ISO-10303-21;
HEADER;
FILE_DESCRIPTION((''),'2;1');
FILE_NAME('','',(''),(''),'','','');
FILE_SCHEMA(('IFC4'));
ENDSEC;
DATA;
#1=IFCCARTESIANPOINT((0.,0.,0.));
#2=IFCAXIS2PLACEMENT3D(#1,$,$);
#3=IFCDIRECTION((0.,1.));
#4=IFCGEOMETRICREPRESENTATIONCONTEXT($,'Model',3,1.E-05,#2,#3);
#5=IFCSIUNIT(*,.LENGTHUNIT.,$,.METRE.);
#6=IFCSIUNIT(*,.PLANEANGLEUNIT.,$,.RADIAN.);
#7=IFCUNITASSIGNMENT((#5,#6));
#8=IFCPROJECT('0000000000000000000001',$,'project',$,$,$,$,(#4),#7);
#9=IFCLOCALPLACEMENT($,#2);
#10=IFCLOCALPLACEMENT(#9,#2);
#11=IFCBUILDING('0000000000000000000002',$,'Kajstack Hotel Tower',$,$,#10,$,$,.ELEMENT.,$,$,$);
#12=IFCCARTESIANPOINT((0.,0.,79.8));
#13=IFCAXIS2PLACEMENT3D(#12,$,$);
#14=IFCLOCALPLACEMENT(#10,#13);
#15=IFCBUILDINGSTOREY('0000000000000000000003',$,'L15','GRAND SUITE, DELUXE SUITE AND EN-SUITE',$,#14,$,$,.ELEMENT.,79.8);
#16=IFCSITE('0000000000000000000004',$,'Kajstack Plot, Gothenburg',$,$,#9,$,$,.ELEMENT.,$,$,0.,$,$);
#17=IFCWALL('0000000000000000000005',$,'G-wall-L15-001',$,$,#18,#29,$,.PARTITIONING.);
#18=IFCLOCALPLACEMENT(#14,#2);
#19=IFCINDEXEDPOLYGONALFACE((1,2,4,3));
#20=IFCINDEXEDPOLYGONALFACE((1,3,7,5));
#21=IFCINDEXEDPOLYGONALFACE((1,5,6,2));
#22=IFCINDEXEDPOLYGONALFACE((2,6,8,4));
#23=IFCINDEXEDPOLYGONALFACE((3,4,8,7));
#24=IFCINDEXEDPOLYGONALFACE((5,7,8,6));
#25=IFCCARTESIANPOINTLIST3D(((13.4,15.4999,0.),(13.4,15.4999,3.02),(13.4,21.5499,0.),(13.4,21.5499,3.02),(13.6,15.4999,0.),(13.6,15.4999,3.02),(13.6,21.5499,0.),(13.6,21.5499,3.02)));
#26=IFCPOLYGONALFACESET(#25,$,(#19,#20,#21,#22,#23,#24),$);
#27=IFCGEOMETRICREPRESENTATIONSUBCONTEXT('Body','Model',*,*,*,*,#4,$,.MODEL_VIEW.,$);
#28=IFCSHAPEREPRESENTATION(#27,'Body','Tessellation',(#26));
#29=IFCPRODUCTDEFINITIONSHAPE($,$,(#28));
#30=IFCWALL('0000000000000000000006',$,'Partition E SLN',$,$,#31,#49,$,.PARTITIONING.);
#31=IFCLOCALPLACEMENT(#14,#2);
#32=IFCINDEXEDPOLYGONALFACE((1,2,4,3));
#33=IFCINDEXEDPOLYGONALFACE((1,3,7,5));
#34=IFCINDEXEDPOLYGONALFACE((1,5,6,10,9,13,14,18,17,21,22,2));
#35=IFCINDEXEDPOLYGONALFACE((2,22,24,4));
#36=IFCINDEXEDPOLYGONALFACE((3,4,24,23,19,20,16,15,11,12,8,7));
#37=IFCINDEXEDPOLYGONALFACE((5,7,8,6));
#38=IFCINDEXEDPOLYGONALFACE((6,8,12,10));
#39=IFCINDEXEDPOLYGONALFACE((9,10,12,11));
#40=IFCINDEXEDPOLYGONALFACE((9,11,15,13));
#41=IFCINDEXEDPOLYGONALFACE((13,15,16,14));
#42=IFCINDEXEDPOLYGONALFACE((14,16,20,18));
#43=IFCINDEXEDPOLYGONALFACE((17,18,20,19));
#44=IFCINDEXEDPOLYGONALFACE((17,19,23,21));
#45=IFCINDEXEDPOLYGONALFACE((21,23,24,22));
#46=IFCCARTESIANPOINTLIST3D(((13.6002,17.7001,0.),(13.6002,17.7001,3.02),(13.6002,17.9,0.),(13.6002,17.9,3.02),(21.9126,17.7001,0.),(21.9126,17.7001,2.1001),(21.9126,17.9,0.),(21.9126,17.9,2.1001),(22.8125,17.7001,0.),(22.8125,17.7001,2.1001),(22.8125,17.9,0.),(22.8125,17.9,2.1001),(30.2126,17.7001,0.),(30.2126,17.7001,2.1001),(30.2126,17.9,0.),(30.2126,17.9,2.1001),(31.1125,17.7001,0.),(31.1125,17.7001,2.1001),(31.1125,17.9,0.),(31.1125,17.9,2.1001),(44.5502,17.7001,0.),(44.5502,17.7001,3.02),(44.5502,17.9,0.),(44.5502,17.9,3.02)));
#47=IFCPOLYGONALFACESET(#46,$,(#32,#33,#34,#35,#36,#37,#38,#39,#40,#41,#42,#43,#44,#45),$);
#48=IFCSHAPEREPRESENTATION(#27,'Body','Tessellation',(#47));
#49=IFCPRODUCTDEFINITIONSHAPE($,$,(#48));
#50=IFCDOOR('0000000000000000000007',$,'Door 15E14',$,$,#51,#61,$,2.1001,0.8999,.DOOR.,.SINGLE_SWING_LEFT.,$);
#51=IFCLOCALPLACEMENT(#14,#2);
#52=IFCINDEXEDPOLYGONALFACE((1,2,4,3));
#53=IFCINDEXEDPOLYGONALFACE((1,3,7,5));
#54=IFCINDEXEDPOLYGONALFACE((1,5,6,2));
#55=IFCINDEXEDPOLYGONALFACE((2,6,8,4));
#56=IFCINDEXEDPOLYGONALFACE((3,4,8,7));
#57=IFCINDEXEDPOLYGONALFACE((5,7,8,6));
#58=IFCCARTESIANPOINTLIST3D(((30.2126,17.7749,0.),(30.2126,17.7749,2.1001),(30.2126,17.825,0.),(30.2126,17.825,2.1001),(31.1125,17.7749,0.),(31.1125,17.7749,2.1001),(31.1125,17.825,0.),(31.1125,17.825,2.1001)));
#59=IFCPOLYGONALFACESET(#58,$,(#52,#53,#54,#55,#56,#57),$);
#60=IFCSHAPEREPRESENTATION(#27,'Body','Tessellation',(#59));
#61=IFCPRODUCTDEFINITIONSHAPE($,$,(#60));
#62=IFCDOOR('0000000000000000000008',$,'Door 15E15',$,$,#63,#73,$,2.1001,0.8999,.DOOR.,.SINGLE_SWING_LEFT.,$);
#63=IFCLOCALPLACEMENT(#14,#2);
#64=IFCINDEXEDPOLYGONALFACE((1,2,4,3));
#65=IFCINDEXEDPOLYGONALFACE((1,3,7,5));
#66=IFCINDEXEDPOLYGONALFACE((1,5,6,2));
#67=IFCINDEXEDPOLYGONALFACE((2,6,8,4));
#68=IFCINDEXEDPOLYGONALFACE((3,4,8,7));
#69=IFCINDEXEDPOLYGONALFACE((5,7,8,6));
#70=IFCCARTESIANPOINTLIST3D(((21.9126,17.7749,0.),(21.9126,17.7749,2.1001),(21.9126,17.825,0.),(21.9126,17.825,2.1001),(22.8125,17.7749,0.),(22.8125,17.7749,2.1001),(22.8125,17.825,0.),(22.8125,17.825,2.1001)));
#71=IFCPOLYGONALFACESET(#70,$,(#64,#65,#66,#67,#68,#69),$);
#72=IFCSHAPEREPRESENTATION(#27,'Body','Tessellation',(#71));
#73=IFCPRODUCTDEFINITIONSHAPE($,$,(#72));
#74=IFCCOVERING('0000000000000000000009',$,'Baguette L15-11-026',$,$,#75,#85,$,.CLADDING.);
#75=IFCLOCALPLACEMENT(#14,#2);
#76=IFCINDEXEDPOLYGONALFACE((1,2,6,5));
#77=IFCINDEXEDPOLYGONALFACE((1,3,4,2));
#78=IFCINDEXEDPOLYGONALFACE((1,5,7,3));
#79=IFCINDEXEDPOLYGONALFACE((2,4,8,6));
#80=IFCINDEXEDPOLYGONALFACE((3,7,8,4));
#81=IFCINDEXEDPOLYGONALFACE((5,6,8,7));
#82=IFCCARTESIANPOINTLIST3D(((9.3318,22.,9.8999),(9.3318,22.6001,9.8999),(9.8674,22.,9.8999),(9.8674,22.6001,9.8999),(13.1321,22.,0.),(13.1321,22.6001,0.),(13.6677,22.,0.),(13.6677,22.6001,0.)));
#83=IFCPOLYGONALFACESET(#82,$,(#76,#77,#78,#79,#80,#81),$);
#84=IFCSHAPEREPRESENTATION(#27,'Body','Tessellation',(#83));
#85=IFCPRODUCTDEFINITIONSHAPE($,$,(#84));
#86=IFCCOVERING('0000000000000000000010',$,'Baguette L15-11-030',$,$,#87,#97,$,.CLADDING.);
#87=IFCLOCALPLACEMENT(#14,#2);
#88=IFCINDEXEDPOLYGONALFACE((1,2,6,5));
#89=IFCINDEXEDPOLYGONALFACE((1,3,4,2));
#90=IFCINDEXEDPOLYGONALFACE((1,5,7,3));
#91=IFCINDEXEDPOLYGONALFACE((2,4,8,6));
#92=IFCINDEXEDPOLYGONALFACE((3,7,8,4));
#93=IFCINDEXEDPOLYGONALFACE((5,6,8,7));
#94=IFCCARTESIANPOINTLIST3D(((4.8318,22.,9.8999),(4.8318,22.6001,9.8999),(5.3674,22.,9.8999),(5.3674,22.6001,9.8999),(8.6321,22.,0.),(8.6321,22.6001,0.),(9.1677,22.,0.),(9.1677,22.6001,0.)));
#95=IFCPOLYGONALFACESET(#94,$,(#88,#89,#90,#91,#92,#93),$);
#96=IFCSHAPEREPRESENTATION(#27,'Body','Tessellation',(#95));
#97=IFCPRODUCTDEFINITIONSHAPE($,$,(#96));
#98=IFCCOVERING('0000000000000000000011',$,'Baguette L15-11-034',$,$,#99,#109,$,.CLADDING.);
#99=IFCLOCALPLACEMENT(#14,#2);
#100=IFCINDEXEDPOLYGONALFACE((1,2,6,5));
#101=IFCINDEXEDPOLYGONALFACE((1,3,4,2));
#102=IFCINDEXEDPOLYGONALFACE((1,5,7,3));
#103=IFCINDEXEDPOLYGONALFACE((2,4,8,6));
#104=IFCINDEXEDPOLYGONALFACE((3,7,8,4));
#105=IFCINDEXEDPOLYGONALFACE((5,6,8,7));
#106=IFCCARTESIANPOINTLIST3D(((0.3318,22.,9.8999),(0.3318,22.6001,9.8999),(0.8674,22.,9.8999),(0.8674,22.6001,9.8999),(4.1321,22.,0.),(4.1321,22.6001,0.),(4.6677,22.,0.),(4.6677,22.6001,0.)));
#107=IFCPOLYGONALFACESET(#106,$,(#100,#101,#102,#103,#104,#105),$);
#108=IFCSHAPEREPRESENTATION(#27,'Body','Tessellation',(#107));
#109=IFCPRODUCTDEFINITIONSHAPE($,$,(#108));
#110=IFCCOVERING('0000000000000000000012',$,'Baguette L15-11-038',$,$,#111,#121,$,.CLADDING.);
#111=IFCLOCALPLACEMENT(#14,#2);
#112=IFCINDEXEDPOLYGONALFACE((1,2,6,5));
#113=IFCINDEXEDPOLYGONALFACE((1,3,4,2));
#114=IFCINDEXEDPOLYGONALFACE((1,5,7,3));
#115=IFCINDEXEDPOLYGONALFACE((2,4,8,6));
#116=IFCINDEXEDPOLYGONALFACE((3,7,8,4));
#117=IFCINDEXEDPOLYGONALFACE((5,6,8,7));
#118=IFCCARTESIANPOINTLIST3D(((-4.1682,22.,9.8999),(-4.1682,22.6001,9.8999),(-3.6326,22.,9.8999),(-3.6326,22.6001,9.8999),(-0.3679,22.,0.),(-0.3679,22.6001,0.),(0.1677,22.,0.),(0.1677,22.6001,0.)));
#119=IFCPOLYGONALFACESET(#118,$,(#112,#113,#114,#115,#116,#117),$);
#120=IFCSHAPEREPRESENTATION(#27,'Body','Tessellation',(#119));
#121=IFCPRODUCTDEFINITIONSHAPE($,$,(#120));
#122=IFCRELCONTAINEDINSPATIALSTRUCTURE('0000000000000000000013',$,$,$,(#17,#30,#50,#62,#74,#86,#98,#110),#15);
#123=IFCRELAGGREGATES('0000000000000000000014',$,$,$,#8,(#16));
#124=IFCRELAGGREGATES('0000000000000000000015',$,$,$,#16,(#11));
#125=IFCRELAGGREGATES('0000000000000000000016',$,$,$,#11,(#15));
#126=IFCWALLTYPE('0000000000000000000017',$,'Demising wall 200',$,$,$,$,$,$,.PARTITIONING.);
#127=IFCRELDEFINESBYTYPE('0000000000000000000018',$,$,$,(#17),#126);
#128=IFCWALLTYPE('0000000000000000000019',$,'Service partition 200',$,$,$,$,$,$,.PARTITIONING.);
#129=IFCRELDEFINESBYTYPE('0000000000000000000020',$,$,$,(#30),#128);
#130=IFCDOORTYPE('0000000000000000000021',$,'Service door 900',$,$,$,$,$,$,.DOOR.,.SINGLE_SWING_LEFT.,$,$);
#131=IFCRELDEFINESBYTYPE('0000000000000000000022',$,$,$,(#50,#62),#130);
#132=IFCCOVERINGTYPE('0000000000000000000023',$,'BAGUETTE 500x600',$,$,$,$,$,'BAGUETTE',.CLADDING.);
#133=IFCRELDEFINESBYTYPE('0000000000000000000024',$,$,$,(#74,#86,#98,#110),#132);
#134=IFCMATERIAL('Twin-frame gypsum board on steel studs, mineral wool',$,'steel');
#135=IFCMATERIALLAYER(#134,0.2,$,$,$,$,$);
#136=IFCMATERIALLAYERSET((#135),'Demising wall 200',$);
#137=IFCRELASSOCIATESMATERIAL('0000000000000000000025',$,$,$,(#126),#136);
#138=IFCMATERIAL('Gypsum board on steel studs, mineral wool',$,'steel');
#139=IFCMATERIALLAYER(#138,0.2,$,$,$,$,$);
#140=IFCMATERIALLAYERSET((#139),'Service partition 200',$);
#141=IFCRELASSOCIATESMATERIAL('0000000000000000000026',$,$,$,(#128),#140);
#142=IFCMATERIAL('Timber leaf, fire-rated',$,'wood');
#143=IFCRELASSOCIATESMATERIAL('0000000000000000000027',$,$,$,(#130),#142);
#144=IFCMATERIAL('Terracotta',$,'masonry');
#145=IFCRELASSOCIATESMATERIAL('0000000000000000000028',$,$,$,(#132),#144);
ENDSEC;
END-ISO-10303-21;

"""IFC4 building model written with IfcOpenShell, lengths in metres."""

from ifc_helpers import new_model, si_unit, direction, frame, frame_2d, origin, origin_2d, place, context, subcontext, project, spatial, polyline, rectangle, outline, extrude, material, layer, layer_set, material_profile, profile_set, type_object, element, fill, save


model = new_model("IFC4")

# Units and contexts
model_context = context("Model", 3, precision=1e-05, world=origin(), true_north=direction((0.0, 1.0)))
body_context = subcontext(model_context, "Body", "Model", "MODEL_VIEW")
ifc_project = project(units=[si_unit("LENGTHUNIT", "METRE"), si_unit("PLANEANGLEUNIT", "RADIAN")], contexts=[model_context])

# Site, building, storey
site_placement = place(None, origin())
site = spatial("IfcSite", under=ifc_project, at=site_placement, Name="Kajstack Plot, Gothenburg", CompositionType="ELEMENT", RefElevation=0.0)
building_placement = place(site_placement, origin())
building = spatial("IfcBuilding", under=site, at=building_placement, Name="Kajstack Hotel Tower", CompositionType="ELEMENT")
storey_placement = place(building_placement, frame((0.0, 0.0, 79.8)))
storey = spatial("IfcBuildingStorey", under=building, at=storey_placement, Name="L15", Description="GRAND SUITE, DELUXE SUITE AND EN-SUITE", CompositionType="ELEMENT", Elevation=79.8)

# Wall
ifc_material_1 = material(Name="Twin-frame gypsum board on steel studs, mineral wool", Category="steel")
ifc_layer_1 = layer(ifc_material_1, 0.2)
ifc_layer_set_1 = layer_set([ifc_layer_1], Name="Demising wall 200")
wall_type_1 = type_object("IfcWallType", Name="Demising wall 200", PredefinedType="PARTITIONING", material=ifc_layer_set_1)
wall_1_placement = place(storey_placement, frame((13.5, 15.5, 0.0), z_axis=(0.0, 0.0, 1.0), x_axis=(0.0, 1.0, 0.0)))
element("IfcWall", 1, at=wall_1_placement, inside=storey, type_object=wall_type_1, Name="G-wall-L15-001", PredefinedType="PARTITIONING", context=body_context, shape_type="SweptSolid", body=[
    extrude(rectangle(XDim=6.05, YDim=0.2, at=frame_2d((3.0249, 0.0))), origin(), (0.0, 0.0, 1.0), 3.02),
])

# Wall, openings, doors
ifc_material_2 = material(Name="Gypsum board on steel studs, mineral wool", Category="steel")
ifc_layer_2 = layer(ifc_material_2, 0.2)
ifc_layer_set_2 = layer_set([ifc_layer_2], Name="Service partition 200")
wall_type_2 = type_object("IfcWallType", Name="Service partition 200", PredefinedType="PARTITIONING", material=ifc_layer_set_2)
wall_2_placement = place(storey_placement, frame((13.6001, 17.8, 0.0), z_axis=(0.0, 0.0, 1.0), x_axis=(1.0, 0.0, 0.0)))
wall_2 = element("IfcWall", 2, at=wall_2_placement, inside=storey, type_object=wall_type_2, Name="Partition E SLN", PredefinedType="PARTITIONING", context=body_context, shape_type="SweptSolid", body=[
    extrude(rectangle(XDim=30.95, YDim=0.2, at=frame_2d((15.4751, 0.0))), origin(), (0.0, 0.0, 1.0), 3.02),
])
opening_1_placement = place(wall_2_placement, frame((16.6125, 0.0, 0.0)))
opening_1 = element("IfcOpeningElement", 3, at=opening_1_placement, cuts=wall_2, PredefinedType="OPENING", context=body_context, shape_type="SweptSolid", body=[
    extrude(rectangle(XDim=0.8999, YDim=2.1001, at=frame_2d((0.45, 1.05))), frame((0.0, 0.1099, 0.0), z_axis=(0.0, -1.0, 0.0), x_axis=(1.0, 0.0, 0.0)), (0.0, 0.0, 1.0), 0.22),
])
opening_2_placement = place(wall_2_placement, frame((8.3125, 0.0, 0.0)))
opening_2 = element("IfcOpeningElement", 4, at=opening_2_placement, cuts=wall_2, PredefinedType="OPENING", context=body_context, shape_type="SweptSolid", body=[
    extrude(rectangle(XDim=0.8999, YDim=2.1001, at=frame_2d((0.45, 1.05))), frame((0.0, 0.1099, 0.0), z_axis=(0.0, -1.0, 0.0), x_axis=(1.0, 0.0, 0.0)), (0.0, 0.0, 1.0), 0.22),
])
ifc_material_3 = material(Name="Timber leaf, fire-rated", Category="wood")
door_type = type_object("IfcDoorType", Name="Service door 900", OperationType="SINGLE_SWING_LEFT", PredefinedType="DOOR", material=ifc_material_3)
door_1_placement = place(opening_1_placement, origin())
door_1 = element("IfcDoor", 5, at=door_1_placement, inside=storey, type_object=door_type, Name="Door 15E14", OperationType="SINGLE_SWING_LEFT", OverallHeight=2.1001, OverallWidth=0.8999, PredefinedType="DOOR", context=body_context, shape_type="SweptSolid", body=[
    extrude(rectangle(XDim=0.8999, YDim=2.1001, at=frame_2d((0.45, 1.05))), frame((0.0, 0.0249, 0.0), z_axis=(0.0, -1.0, 0.0), x_axis=(1.0, 0.0, 0.0)), (0.0, 0.0, 1.0), 0.05),
])
fill(opening_1, door_1)
door_2_placement = place(opening_2_placement, origin())
door_2 = element("IfcDoor", 6, at=door_2_placement, inside=storey, type_object=door_type, Name="Door 15E15", OperationType="SINGLE_SWING_LEFT", OverallHeight=2.1001, OverallWidth=0.8999, PredefinedType="DOOR", context=body_context, shape_type="SweptSolid", body=[
    extrude(rectangle(XDim=0.8999, YDim=2.1001, at=frame_2d((0.45, 1.05))), frame((0.0, 0.0249, 0.0), z_axis=(0.0, -1.0, 0.0), x_axis=(1.0, 0.0, 0.0)), (0.0, 0.0, 1.0), 0.05),
])
fill(opening_2, door_2)

# Coverings
ifc_material_4 = material(Name="Terracotta", Category="masonry")
ifc_material_profile = material_profile(ifc_material_4, rectangle(XDim=0.6001, YDim=0.5, at=origin_2d()), Name="Terracotta-clad concrete baguette 500 x 600")
ifc_profile_set = profile_set([ifc_material_profile], Name="Terracotta")
covering_type = type_object("IfcCoveringType", Name="BAGUETTE 500x600", ElementType="BAGUETTE", PredefinedType="CLADDING", material=ifc_profile_set)
for number, where, z_axis, x_axis, name in (
    (7, (13.6677, 22.0, 0.0), (0.0, 1.0, 0.0), (-1.0, 0.0, 0.0), "Baguette L15-11-026"),
    (8, (9.1677, 22.0, 0.0), (0.0, 1.0, 0.0), (-1.0, 0.0, 0.0), "Baguette L15-11-030"),
    (9, (4.6677, 22.0, 0.0), (0.0, 1.0, 0.0), (-1.0, 0.0, 0.0), "Baguette L15-11-034"),
    (10, (0.1677, 22.0, 0.0), (0.0, 1.0, 0.0), (-1.0, 0.0, 0.0), "Baguette L15-11-038"),
):
    element("IfcCovering", number, at=place(storey_placement, frame(where, z_axis=z_axis, x_axis=x_axis)), inside=storey, type_object=covering_type, Name=name, PredefinedType="CLADDING", context=body_context, shape_type="SweptSolid", body=[
        extrude(outline(polyline([(3.8003, 9.8999), (0.0, 0.0), (0.5356, 0.0), (4.3359, 9.8999), (3.8003, 9.8999)])), origin(), (0.0, 0.0, 1.0), 0.6001),
    ])

save(model, "model.ifc")
